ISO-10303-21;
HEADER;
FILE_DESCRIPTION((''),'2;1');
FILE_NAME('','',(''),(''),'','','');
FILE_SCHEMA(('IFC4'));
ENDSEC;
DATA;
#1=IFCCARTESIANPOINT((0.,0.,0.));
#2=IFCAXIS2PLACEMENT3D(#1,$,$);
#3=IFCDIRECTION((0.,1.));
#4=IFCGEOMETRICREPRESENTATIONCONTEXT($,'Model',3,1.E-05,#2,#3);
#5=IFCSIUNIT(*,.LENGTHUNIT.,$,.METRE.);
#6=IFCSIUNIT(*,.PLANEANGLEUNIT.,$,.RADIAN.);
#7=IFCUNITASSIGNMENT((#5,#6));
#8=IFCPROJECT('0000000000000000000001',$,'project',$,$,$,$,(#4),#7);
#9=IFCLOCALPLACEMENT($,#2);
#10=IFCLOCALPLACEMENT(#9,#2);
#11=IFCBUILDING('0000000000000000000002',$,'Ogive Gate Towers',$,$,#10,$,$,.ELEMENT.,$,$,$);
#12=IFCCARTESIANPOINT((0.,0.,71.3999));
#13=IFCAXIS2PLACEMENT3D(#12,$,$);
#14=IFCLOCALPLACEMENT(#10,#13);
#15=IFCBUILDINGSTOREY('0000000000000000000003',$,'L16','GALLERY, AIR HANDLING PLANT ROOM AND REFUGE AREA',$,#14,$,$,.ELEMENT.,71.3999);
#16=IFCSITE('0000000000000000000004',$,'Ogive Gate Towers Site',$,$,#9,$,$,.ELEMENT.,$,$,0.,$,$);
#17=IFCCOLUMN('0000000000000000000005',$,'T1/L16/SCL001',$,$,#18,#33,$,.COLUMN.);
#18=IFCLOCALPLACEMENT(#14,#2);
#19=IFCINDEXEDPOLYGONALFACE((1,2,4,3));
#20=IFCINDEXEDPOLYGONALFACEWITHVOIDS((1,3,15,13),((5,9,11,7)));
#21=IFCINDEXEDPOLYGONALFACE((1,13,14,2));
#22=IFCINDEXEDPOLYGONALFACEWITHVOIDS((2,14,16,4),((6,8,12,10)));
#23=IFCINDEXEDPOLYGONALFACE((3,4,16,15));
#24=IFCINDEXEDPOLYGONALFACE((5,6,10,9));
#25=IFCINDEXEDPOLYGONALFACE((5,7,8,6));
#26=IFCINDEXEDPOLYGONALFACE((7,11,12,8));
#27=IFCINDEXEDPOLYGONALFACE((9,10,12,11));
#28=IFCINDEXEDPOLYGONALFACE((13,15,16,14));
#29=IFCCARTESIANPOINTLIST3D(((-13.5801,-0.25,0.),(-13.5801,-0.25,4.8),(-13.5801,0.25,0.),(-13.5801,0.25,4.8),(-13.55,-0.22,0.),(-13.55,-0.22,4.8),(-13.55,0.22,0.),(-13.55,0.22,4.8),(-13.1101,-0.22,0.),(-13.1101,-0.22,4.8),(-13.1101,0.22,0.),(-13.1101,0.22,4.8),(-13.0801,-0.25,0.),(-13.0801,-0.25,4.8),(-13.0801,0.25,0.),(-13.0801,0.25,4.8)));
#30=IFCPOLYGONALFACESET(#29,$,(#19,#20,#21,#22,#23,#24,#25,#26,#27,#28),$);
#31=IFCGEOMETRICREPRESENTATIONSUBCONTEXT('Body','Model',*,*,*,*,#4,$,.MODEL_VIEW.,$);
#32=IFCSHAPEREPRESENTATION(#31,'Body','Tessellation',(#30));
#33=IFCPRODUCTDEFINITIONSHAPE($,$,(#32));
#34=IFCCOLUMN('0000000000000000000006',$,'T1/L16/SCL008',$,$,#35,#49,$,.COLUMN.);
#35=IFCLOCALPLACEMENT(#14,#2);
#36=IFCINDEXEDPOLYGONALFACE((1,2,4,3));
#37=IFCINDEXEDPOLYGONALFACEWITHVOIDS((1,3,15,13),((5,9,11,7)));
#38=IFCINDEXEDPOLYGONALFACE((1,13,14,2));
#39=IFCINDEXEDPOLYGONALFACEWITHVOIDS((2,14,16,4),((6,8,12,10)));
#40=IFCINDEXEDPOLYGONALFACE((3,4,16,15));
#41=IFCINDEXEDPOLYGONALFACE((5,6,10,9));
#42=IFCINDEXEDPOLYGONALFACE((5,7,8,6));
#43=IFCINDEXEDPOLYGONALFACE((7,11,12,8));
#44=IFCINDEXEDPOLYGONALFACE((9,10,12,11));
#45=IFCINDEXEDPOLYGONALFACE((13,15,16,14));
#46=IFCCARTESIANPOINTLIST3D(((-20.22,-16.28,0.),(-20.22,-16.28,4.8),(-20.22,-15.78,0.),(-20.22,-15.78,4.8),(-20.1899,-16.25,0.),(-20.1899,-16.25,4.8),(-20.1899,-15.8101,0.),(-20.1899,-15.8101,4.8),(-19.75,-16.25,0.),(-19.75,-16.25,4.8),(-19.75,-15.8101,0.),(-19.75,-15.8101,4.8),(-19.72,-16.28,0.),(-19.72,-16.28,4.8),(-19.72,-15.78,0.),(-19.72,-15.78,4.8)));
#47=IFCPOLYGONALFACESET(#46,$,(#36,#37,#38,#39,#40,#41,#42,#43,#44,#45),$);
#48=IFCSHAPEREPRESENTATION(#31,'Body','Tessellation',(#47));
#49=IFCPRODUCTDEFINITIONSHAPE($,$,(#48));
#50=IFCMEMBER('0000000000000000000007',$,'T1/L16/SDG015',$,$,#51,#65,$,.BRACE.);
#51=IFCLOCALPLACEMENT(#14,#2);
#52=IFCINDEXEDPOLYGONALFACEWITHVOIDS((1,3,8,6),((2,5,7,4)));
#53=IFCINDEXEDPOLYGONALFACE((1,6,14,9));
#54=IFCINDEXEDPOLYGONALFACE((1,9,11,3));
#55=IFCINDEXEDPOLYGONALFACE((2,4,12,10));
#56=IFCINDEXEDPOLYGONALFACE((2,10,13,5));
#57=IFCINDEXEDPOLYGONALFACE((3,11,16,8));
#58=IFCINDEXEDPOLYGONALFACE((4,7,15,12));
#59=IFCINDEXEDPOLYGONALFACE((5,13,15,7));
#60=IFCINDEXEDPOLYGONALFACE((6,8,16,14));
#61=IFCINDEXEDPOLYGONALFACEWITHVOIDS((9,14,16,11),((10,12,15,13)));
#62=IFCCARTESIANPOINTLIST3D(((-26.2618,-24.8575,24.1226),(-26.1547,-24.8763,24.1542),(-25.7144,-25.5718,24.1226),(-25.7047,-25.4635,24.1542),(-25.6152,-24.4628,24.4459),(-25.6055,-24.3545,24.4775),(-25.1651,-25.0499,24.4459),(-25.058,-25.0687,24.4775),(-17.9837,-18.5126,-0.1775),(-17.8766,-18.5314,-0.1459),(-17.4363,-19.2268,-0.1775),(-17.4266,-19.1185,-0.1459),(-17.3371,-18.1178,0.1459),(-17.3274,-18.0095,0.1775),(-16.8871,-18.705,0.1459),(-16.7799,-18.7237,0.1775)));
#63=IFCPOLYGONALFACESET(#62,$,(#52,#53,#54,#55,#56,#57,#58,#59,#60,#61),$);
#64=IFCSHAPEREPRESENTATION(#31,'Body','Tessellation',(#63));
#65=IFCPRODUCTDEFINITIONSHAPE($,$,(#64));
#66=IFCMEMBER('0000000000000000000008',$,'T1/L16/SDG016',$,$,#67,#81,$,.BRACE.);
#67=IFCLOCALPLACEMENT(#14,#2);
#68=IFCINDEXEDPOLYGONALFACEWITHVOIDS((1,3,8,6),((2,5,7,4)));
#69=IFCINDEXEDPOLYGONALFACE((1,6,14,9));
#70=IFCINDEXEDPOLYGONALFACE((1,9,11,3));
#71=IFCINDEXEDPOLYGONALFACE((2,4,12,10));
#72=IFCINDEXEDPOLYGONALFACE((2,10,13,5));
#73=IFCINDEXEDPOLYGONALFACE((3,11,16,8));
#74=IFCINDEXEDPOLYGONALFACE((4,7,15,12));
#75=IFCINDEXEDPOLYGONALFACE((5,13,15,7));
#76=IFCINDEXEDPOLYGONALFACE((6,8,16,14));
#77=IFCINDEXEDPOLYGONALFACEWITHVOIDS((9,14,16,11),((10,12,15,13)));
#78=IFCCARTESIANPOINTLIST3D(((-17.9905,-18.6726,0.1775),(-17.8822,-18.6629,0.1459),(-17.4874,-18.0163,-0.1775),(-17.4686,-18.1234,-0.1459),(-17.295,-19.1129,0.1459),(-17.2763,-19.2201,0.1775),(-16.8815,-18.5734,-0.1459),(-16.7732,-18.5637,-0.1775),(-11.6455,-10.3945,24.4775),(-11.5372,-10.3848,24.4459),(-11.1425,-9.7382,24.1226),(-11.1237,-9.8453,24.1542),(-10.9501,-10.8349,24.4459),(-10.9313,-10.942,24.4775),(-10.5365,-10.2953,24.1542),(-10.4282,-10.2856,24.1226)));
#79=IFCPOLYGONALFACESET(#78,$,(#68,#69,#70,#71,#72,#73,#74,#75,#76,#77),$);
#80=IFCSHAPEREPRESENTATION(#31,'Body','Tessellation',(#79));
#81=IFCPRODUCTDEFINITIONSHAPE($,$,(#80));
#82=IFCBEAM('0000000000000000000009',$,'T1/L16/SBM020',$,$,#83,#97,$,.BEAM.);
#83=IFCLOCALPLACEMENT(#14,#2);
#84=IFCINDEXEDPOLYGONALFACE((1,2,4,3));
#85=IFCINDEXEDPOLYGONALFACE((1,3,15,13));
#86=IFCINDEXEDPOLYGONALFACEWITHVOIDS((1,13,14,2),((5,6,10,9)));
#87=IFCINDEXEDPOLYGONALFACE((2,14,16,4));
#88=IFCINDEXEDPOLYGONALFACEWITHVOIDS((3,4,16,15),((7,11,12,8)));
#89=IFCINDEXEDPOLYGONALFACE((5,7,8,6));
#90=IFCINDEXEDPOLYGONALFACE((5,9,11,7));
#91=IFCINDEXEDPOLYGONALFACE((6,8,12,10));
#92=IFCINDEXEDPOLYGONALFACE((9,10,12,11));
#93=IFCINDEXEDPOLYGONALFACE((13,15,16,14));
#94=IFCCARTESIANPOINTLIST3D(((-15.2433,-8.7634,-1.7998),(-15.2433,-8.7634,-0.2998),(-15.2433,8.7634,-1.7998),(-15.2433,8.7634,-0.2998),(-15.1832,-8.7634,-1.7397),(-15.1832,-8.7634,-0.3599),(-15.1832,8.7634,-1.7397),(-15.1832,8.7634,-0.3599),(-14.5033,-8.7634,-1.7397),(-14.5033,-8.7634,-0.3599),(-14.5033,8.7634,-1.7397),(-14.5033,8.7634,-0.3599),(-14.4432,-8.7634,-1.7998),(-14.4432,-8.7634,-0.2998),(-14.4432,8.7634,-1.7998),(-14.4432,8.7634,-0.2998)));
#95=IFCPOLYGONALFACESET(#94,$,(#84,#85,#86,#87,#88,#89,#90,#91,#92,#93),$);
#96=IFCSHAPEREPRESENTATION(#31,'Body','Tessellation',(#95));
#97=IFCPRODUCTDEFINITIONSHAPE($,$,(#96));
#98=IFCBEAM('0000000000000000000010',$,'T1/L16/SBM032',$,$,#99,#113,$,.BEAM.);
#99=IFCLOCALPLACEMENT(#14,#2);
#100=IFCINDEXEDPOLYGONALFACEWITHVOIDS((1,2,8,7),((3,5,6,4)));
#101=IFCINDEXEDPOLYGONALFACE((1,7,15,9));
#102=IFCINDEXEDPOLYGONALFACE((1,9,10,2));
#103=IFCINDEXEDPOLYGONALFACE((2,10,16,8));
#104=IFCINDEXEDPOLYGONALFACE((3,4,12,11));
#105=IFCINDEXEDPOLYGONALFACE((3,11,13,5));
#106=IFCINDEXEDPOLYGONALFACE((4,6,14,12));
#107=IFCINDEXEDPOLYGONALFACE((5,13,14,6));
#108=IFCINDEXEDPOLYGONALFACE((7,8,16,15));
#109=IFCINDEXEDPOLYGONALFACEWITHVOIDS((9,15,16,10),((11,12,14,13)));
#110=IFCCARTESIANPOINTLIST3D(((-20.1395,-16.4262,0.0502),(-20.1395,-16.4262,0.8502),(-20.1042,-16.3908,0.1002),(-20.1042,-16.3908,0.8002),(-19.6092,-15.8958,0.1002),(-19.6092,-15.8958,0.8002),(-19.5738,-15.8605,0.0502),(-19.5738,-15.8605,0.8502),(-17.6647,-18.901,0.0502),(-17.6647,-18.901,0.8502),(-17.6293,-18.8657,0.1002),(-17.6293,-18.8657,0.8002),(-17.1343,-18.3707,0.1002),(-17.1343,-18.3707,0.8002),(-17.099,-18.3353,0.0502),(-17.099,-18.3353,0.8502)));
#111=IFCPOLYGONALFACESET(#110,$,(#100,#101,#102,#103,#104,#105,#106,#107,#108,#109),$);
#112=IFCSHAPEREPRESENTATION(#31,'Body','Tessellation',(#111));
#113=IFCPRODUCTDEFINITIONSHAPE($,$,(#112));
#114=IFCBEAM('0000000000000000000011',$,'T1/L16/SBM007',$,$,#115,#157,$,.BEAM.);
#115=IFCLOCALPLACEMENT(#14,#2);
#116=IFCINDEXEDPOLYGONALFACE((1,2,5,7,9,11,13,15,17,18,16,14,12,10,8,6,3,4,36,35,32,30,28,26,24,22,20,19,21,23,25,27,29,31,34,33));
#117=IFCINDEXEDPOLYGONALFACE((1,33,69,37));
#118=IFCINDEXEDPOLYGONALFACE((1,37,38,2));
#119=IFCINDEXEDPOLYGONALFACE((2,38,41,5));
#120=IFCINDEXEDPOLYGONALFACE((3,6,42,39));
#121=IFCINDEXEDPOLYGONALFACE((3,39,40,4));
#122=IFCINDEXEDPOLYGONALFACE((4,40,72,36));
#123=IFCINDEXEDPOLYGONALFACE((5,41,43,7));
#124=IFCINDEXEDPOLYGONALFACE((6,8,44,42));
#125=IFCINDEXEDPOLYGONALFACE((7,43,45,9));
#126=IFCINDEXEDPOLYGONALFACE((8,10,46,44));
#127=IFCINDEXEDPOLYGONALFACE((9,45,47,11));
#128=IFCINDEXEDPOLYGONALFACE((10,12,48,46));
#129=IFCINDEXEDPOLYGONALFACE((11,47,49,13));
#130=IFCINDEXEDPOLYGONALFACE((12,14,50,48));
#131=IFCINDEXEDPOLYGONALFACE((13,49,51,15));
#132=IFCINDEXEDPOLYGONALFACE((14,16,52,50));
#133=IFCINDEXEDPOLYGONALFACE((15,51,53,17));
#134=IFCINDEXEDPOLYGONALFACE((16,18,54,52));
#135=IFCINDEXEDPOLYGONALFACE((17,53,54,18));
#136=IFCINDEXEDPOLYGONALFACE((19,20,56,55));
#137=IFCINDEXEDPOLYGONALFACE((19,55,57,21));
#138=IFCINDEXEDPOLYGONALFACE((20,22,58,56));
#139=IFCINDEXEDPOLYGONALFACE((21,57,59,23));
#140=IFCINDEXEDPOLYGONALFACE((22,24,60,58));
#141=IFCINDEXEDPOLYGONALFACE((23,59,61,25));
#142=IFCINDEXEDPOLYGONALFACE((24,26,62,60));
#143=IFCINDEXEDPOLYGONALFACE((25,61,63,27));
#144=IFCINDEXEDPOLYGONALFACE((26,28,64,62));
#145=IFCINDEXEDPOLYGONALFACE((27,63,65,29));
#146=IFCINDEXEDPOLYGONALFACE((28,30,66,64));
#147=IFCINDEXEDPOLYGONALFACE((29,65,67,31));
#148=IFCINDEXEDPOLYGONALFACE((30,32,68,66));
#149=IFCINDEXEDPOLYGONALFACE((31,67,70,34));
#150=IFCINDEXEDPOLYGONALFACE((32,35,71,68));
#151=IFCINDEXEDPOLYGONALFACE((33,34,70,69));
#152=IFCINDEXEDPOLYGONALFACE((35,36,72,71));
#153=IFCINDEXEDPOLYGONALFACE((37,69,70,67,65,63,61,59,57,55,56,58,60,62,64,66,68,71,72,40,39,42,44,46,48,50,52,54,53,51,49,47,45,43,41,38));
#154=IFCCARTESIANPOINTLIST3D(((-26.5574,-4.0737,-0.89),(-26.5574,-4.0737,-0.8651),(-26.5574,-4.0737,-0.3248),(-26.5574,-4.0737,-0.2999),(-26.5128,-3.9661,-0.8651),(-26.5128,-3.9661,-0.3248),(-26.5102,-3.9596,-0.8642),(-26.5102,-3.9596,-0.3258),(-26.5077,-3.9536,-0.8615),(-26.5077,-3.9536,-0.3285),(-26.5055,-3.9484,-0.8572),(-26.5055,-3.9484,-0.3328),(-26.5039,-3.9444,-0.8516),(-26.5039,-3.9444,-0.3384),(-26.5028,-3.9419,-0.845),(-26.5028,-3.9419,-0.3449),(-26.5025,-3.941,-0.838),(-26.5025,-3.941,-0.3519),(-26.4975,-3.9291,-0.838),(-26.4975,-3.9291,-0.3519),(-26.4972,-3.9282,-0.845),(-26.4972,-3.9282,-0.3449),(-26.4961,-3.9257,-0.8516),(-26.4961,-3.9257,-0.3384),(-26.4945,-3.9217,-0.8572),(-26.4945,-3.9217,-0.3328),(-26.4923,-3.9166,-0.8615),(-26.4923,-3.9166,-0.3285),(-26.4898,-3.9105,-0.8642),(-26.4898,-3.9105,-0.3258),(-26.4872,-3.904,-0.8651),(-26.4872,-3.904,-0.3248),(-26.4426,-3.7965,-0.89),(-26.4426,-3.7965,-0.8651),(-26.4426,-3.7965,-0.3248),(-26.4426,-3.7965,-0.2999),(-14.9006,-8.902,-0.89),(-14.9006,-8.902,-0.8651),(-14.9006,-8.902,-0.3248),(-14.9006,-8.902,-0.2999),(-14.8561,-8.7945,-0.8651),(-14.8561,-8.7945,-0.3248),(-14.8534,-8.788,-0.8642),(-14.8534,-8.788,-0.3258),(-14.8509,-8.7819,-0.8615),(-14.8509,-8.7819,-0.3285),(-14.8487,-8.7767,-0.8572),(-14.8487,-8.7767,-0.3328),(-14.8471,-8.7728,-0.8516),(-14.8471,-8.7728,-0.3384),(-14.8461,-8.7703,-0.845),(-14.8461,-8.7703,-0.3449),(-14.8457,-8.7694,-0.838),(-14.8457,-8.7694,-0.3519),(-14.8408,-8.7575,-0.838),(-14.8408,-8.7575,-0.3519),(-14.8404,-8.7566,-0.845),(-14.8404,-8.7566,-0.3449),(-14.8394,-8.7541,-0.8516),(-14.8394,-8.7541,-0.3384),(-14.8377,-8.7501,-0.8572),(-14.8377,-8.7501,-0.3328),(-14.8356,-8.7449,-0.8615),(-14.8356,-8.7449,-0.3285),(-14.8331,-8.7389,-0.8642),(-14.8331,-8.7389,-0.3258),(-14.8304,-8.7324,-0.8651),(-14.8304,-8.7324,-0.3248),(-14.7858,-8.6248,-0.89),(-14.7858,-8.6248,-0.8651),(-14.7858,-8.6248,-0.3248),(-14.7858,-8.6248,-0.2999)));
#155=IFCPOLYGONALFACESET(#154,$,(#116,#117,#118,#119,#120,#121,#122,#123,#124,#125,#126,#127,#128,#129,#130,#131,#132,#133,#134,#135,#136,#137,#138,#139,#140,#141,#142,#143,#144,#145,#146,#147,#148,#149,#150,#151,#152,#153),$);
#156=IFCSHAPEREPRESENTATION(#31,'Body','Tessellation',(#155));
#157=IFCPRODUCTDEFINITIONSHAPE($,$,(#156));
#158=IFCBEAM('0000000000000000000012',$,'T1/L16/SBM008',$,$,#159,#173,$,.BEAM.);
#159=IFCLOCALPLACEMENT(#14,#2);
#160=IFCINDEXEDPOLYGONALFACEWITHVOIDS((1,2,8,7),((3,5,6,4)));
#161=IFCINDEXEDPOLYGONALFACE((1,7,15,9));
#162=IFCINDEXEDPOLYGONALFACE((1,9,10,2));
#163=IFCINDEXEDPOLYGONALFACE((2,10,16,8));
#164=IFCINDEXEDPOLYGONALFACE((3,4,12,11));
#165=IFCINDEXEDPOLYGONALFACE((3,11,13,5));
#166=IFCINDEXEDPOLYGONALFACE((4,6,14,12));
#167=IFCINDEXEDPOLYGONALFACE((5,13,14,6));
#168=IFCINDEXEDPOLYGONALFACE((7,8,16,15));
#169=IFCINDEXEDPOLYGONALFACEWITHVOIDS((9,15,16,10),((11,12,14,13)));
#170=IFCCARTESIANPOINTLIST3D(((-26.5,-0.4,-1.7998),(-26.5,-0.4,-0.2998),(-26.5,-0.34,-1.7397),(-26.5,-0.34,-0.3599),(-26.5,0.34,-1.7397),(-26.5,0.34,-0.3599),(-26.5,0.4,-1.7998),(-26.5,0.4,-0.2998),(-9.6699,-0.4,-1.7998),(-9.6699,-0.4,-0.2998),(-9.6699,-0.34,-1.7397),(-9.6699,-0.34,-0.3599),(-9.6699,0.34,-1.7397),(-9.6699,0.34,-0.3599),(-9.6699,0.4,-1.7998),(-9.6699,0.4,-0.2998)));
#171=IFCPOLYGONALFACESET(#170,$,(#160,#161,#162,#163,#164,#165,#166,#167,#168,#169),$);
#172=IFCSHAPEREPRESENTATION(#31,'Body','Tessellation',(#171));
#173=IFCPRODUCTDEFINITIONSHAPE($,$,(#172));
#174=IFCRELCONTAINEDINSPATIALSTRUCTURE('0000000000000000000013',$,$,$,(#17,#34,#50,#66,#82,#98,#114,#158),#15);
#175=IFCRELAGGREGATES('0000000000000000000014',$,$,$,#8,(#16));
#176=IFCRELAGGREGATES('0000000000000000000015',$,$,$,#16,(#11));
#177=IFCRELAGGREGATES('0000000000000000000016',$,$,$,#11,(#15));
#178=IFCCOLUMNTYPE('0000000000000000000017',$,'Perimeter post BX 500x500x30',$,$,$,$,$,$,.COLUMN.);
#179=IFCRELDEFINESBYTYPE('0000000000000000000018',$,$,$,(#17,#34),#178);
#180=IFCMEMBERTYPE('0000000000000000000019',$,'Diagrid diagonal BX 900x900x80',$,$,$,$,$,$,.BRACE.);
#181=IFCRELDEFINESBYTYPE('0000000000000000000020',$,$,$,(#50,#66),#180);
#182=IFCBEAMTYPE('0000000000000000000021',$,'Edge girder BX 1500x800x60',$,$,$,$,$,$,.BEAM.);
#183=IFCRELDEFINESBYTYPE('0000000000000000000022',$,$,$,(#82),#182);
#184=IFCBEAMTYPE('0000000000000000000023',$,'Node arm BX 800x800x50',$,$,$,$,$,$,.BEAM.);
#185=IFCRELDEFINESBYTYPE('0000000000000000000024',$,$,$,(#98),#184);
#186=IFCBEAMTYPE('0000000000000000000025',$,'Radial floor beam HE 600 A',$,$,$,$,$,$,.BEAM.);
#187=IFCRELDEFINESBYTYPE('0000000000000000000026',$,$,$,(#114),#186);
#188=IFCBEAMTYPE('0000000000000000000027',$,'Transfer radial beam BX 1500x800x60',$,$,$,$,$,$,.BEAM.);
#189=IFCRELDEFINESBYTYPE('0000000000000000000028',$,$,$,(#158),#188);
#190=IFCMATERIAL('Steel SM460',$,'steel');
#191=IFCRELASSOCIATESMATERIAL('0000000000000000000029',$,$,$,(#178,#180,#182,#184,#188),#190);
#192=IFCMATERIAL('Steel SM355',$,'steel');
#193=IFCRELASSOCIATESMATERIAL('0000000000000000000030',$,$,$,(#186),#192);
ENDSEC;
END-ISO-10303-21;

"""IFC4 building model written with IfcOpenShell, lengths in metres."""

from ifc_helpers import new_model, si_unit, direction, frame, origin, origin_2d, place, context, subcontext, project, spatial, hollow_rectangle, i_section, extrude, material, material_profile, profile_set, type_object, element, save


model = new_model("IFC4")

# Units and contexts
model_context = context("Model", 3, precision=1e-05, world=origin(), true_north=direction((0.0, 1.0)))
body_context = subcontext(model_context, "Body", "Model", "MODEL_VIEW")
ifc_project = project(units=[si_unit("LENGTHUNIT", "METRE"), si_unit("PLANEANGLEUNIT", "RADIAN")], contexts=[model_context])

# Site, building, storey
site_placement = place(None, origin())
site = spatial("IfcSite", under=ifc_project, at=site_placement, Name="Ogive Gate Towers Site", CompositionType="ELEMENT", RefElevation=0.0)
building_placement = place(site_placement, origin())
building = spatial("IfcBuilding", under=site, at=building_placement, Name="Ogive Gate Towers", CompositionType="ELEMENT")
storey_placement = place(building_placement, frame((0.0, 0.0, 71.3999)))
storey = spatial("IfcBuildingStorey", under=building, at=storey_placement, Name="L16", Description="GALLERY, AIR HANDLING PLANT ROOM AND REFUGE AREA", CompositionType="ELEMENT", Elevation=71.3999)

# Columns
ifc_material_1 = material(Name="Steel SM460", Category="steel")
ifc_material_profile_1 = material_profile(ifc_material_1, hollow_rectangle(XDim=0.5, YDim=0.5, WallThickness=0.03, at=origin_2d()), Name="BX 500x500x30")
ifc_profile_set_1 = profile_set([ifc_material_profile_1], Name="Steel SM460")
column_type = type_object("IfcColumnType", Name="Perimeter post BX 500x500x30", PredefinedType="COLUMN", material=ifc_profile_set_1)
for number, where, z_axis, x_axis, name in (
    (1, (-13.3301, 0.0, 0.0), (0.0, 0.0, 1.0), (1.0, 0.0, 0.0), "T1/L16/SCL001"),
    (2, (-19.97, -16.03, 0.0), (0.0, 0.0, 1.0), (1.0, 0.0, 0.0), "T1/L16/SCL008"),
):
    element("IfcColumn", number, at=place(storey_placement, frame(where, z_axis=z_axis, x_axis=x_axis)), inside=storey, type_object=column_type, Name=name, PredefinedType="COLUMN", context=body_context, shape_type="SweptSolid", body=[
        extrude(hollow_rectangle(XDim=0.5, YDim=0.5, WallThickness=0.03, at=origin_2d()), origin(), (0.0, 0.0, 1.0), 4.8),
    ])

# Members
ifc_material_profile_2 = material_profile(ifc_material_1, hollow_rectangle(XDim=0.8999, YDim=0.8999, WallThickness=0.0801, at=origin_2d()), Name="BX 900x900x80")
ifc_profile_set_2 = profile_set([ifc_material_profile_2], Name="Steel SM460")
member_type_1 = type_object("IfcMemberType", Name="Diagrid diagonal BX 900x900x80", PredefinedType="BRACE", material=ifc_profile_set_2)
for number, where, z_axis, x_axis, name in (
    (3, (-17.3818, -18.6182, 0.0), (-0.313043, -0.239941, 0.91893), (0.608338, -0.793678, 0.0), "T1/L16/SDG015"),
    (4, (-17.3818, -18.6182, 0.0), (0.239941, 0.313043, 0.91893), (-0.793678, 0.608338, 0.0), "T1/L16/SDG016"),
):
    element("IfcMember", number, at=place(storey_placement, frame(where, z_axis=z_axis, x_axis=x_axis)), inside=storey, type_object=member_type_1, Name=name, PredefinedType="BRACE", context=body_context, shape_type="SweptSolid", body=[
        extrude(hollow_rectangle(XDim=0.8999, YDim=0.8999, WallThickness=0.0801, at=origin_2d()), origin(), (0.0, 0.0, 1.0), 26.4438),
    ])

# Beams
ifc_material_profile_3 = material_profile(ifc_material_1, hollow_rectangle(XDim=0.8, YDim=1.5, WallThickness=0.0601, at=origin_2d()), Name="BX 1500x800x60")
ifc_profile_set_3 = profile_set([ifc_material_profile_3], Name="Steel SM460")
beam_type_1 = type_object("IfcBeamType", Name="Edge girder BX 1500x800x60", PredefinedType="BEAM", material=ifc_profile_set_3)
beam_1_placement = place(storey_placement, frame((-14.8433, -8.7634, -1.0498), z_axis=(0.0, 1.0, 0.0), x_axis=(-1.0, 0.0, 0.0)))
element("IfcBeam", 5, at=beam_1_placement, inside=storey, type_object=beam_type_1, Name="T1/L16/SBM020", PredefinedType="BEAM", context=body_context, shape_type="SweptSolid", body=[
    extrude(hollow_rectangle(XDim=0.8, YDim=1.5, WallThickness=0.0601, at=origin_2d()), origin(), (0.0, 0.0, 1.0), 17.5269),
])
ifc_material_profile_4 = material_profile(ifc_material_1, hollow_rectangle(XDim=0.8, YDim=0.8, WallThickness=0.05, at=origin_2d()), Name="BX 800x800x50")
ifc_profile_set_4 = profile_set([ifc_material_profile_4], Name="Steel SM460")
beam_type_2 = type_object("IfcBeamType", Name="Node arm BX 800x800x50", PredefinedType="BEAM", material=ifc_profile_set_4)
beam_2_placement = place(storey_placement, frame((-19.8567, -16.1433, 0.4502), z_axis=(0.707107, -0.707107, 0.0), x_axis=(0.707107, 0.707107, 0.0)))
element("IfcBeam", 6, at=beam_2_placement, inside=storey, type_object=beam_type_2, Name="T1/L16/SBM032", PredefinedType="BEAM", context=body_context, shape_type="SweptSolid", body=[
    extrude(hollow_rectangle(XDim=0.8, YDim=0.8, WallThickness=0.05, at=origin_2d()), origin(), (0.0, 0.0, 1.0), 3.5),
])
ifc_material_2 = material(Name="Steel SM355", Category="steel")
ifc_material_profile_5 = material_profile(ifc_material_2, i_section(OverallWidth=0.3, OverallDepth=0.5901, WebThickness=0.0129, FlangeThickness=0.0249, FilletRadius=0.0271, at=origin_2d()), Name="HE 600 A")
ifc_profile_set_5 = profile_set([ifc_material_profile_5], Name="Steel SM355")
beam_type_3 = type_object("IfcBeamType", Name="Radial floor beam HE 600 A", PredefinedType="BEAM", material=ifc_profile_set_5)
beam_3_placement = place(storey_placement, frame((-26.5, -3.9351, -0.595), z_axis=(0.92388, -0.382683, 0.0), x_axis=(0.382683, 0.92388, 0.0)))
element("IfcBeam", 7, at=beam_3_placement, inside=storey, type_object=beam_type_3, Name="T1/L16/SBM007", PredefinedType="BEAM", context=body_context, shape_type="SweptSolid", body=[
    extrude(i_section(OverallWidth=0.3, OverallDepth=0.5901, WebThickness=0.0129, FlangeThickness=0.0249, FilletRadius=0.0271, at=origin_2d()), origin(), (0.0, 0.0, 1.0), 12.6172),
])
ifc_material_profile_6 = material_profile(ifc_material_1, hollow_rectangle(XDim=0.8, YDim=1.5, WallThickness=0.0601, at=origin_2d()), Name="BX 1500x800x60")
ifc_profile_set_6 = profile_set([ifc_material_profile_6], Name="Steel SM460")
beam_type_4 = type_object("IfcBeamType", Name="Transfer radial beam BX 1500x800x60", PredefinedType="BEAM", material=ifc_profile_set_6)
beam_4_placement = place(storey_placement, frame((-26.5, 0.0, -1.0498), z_axis=(1.0, 0.0, 0.0), x_axis=(0.0, 1.0, 0.0)))
element("IfcBeam", 8, at=beam_4_placement, inside=storey, type_object=beam_type_4, Name="T1/L16/SBM008", PredefinedType="BEAM", context=body_context, shape_type="SweptSolid", body=[
    extrude(hollow_rectangle(XDim=0.8, YDim=1.5, WallThickness=0.0601, at=origin_2d()), origin(), (0.0, 0.0, 1.0), 16.8301),
])

save(model, "model.ifc")
